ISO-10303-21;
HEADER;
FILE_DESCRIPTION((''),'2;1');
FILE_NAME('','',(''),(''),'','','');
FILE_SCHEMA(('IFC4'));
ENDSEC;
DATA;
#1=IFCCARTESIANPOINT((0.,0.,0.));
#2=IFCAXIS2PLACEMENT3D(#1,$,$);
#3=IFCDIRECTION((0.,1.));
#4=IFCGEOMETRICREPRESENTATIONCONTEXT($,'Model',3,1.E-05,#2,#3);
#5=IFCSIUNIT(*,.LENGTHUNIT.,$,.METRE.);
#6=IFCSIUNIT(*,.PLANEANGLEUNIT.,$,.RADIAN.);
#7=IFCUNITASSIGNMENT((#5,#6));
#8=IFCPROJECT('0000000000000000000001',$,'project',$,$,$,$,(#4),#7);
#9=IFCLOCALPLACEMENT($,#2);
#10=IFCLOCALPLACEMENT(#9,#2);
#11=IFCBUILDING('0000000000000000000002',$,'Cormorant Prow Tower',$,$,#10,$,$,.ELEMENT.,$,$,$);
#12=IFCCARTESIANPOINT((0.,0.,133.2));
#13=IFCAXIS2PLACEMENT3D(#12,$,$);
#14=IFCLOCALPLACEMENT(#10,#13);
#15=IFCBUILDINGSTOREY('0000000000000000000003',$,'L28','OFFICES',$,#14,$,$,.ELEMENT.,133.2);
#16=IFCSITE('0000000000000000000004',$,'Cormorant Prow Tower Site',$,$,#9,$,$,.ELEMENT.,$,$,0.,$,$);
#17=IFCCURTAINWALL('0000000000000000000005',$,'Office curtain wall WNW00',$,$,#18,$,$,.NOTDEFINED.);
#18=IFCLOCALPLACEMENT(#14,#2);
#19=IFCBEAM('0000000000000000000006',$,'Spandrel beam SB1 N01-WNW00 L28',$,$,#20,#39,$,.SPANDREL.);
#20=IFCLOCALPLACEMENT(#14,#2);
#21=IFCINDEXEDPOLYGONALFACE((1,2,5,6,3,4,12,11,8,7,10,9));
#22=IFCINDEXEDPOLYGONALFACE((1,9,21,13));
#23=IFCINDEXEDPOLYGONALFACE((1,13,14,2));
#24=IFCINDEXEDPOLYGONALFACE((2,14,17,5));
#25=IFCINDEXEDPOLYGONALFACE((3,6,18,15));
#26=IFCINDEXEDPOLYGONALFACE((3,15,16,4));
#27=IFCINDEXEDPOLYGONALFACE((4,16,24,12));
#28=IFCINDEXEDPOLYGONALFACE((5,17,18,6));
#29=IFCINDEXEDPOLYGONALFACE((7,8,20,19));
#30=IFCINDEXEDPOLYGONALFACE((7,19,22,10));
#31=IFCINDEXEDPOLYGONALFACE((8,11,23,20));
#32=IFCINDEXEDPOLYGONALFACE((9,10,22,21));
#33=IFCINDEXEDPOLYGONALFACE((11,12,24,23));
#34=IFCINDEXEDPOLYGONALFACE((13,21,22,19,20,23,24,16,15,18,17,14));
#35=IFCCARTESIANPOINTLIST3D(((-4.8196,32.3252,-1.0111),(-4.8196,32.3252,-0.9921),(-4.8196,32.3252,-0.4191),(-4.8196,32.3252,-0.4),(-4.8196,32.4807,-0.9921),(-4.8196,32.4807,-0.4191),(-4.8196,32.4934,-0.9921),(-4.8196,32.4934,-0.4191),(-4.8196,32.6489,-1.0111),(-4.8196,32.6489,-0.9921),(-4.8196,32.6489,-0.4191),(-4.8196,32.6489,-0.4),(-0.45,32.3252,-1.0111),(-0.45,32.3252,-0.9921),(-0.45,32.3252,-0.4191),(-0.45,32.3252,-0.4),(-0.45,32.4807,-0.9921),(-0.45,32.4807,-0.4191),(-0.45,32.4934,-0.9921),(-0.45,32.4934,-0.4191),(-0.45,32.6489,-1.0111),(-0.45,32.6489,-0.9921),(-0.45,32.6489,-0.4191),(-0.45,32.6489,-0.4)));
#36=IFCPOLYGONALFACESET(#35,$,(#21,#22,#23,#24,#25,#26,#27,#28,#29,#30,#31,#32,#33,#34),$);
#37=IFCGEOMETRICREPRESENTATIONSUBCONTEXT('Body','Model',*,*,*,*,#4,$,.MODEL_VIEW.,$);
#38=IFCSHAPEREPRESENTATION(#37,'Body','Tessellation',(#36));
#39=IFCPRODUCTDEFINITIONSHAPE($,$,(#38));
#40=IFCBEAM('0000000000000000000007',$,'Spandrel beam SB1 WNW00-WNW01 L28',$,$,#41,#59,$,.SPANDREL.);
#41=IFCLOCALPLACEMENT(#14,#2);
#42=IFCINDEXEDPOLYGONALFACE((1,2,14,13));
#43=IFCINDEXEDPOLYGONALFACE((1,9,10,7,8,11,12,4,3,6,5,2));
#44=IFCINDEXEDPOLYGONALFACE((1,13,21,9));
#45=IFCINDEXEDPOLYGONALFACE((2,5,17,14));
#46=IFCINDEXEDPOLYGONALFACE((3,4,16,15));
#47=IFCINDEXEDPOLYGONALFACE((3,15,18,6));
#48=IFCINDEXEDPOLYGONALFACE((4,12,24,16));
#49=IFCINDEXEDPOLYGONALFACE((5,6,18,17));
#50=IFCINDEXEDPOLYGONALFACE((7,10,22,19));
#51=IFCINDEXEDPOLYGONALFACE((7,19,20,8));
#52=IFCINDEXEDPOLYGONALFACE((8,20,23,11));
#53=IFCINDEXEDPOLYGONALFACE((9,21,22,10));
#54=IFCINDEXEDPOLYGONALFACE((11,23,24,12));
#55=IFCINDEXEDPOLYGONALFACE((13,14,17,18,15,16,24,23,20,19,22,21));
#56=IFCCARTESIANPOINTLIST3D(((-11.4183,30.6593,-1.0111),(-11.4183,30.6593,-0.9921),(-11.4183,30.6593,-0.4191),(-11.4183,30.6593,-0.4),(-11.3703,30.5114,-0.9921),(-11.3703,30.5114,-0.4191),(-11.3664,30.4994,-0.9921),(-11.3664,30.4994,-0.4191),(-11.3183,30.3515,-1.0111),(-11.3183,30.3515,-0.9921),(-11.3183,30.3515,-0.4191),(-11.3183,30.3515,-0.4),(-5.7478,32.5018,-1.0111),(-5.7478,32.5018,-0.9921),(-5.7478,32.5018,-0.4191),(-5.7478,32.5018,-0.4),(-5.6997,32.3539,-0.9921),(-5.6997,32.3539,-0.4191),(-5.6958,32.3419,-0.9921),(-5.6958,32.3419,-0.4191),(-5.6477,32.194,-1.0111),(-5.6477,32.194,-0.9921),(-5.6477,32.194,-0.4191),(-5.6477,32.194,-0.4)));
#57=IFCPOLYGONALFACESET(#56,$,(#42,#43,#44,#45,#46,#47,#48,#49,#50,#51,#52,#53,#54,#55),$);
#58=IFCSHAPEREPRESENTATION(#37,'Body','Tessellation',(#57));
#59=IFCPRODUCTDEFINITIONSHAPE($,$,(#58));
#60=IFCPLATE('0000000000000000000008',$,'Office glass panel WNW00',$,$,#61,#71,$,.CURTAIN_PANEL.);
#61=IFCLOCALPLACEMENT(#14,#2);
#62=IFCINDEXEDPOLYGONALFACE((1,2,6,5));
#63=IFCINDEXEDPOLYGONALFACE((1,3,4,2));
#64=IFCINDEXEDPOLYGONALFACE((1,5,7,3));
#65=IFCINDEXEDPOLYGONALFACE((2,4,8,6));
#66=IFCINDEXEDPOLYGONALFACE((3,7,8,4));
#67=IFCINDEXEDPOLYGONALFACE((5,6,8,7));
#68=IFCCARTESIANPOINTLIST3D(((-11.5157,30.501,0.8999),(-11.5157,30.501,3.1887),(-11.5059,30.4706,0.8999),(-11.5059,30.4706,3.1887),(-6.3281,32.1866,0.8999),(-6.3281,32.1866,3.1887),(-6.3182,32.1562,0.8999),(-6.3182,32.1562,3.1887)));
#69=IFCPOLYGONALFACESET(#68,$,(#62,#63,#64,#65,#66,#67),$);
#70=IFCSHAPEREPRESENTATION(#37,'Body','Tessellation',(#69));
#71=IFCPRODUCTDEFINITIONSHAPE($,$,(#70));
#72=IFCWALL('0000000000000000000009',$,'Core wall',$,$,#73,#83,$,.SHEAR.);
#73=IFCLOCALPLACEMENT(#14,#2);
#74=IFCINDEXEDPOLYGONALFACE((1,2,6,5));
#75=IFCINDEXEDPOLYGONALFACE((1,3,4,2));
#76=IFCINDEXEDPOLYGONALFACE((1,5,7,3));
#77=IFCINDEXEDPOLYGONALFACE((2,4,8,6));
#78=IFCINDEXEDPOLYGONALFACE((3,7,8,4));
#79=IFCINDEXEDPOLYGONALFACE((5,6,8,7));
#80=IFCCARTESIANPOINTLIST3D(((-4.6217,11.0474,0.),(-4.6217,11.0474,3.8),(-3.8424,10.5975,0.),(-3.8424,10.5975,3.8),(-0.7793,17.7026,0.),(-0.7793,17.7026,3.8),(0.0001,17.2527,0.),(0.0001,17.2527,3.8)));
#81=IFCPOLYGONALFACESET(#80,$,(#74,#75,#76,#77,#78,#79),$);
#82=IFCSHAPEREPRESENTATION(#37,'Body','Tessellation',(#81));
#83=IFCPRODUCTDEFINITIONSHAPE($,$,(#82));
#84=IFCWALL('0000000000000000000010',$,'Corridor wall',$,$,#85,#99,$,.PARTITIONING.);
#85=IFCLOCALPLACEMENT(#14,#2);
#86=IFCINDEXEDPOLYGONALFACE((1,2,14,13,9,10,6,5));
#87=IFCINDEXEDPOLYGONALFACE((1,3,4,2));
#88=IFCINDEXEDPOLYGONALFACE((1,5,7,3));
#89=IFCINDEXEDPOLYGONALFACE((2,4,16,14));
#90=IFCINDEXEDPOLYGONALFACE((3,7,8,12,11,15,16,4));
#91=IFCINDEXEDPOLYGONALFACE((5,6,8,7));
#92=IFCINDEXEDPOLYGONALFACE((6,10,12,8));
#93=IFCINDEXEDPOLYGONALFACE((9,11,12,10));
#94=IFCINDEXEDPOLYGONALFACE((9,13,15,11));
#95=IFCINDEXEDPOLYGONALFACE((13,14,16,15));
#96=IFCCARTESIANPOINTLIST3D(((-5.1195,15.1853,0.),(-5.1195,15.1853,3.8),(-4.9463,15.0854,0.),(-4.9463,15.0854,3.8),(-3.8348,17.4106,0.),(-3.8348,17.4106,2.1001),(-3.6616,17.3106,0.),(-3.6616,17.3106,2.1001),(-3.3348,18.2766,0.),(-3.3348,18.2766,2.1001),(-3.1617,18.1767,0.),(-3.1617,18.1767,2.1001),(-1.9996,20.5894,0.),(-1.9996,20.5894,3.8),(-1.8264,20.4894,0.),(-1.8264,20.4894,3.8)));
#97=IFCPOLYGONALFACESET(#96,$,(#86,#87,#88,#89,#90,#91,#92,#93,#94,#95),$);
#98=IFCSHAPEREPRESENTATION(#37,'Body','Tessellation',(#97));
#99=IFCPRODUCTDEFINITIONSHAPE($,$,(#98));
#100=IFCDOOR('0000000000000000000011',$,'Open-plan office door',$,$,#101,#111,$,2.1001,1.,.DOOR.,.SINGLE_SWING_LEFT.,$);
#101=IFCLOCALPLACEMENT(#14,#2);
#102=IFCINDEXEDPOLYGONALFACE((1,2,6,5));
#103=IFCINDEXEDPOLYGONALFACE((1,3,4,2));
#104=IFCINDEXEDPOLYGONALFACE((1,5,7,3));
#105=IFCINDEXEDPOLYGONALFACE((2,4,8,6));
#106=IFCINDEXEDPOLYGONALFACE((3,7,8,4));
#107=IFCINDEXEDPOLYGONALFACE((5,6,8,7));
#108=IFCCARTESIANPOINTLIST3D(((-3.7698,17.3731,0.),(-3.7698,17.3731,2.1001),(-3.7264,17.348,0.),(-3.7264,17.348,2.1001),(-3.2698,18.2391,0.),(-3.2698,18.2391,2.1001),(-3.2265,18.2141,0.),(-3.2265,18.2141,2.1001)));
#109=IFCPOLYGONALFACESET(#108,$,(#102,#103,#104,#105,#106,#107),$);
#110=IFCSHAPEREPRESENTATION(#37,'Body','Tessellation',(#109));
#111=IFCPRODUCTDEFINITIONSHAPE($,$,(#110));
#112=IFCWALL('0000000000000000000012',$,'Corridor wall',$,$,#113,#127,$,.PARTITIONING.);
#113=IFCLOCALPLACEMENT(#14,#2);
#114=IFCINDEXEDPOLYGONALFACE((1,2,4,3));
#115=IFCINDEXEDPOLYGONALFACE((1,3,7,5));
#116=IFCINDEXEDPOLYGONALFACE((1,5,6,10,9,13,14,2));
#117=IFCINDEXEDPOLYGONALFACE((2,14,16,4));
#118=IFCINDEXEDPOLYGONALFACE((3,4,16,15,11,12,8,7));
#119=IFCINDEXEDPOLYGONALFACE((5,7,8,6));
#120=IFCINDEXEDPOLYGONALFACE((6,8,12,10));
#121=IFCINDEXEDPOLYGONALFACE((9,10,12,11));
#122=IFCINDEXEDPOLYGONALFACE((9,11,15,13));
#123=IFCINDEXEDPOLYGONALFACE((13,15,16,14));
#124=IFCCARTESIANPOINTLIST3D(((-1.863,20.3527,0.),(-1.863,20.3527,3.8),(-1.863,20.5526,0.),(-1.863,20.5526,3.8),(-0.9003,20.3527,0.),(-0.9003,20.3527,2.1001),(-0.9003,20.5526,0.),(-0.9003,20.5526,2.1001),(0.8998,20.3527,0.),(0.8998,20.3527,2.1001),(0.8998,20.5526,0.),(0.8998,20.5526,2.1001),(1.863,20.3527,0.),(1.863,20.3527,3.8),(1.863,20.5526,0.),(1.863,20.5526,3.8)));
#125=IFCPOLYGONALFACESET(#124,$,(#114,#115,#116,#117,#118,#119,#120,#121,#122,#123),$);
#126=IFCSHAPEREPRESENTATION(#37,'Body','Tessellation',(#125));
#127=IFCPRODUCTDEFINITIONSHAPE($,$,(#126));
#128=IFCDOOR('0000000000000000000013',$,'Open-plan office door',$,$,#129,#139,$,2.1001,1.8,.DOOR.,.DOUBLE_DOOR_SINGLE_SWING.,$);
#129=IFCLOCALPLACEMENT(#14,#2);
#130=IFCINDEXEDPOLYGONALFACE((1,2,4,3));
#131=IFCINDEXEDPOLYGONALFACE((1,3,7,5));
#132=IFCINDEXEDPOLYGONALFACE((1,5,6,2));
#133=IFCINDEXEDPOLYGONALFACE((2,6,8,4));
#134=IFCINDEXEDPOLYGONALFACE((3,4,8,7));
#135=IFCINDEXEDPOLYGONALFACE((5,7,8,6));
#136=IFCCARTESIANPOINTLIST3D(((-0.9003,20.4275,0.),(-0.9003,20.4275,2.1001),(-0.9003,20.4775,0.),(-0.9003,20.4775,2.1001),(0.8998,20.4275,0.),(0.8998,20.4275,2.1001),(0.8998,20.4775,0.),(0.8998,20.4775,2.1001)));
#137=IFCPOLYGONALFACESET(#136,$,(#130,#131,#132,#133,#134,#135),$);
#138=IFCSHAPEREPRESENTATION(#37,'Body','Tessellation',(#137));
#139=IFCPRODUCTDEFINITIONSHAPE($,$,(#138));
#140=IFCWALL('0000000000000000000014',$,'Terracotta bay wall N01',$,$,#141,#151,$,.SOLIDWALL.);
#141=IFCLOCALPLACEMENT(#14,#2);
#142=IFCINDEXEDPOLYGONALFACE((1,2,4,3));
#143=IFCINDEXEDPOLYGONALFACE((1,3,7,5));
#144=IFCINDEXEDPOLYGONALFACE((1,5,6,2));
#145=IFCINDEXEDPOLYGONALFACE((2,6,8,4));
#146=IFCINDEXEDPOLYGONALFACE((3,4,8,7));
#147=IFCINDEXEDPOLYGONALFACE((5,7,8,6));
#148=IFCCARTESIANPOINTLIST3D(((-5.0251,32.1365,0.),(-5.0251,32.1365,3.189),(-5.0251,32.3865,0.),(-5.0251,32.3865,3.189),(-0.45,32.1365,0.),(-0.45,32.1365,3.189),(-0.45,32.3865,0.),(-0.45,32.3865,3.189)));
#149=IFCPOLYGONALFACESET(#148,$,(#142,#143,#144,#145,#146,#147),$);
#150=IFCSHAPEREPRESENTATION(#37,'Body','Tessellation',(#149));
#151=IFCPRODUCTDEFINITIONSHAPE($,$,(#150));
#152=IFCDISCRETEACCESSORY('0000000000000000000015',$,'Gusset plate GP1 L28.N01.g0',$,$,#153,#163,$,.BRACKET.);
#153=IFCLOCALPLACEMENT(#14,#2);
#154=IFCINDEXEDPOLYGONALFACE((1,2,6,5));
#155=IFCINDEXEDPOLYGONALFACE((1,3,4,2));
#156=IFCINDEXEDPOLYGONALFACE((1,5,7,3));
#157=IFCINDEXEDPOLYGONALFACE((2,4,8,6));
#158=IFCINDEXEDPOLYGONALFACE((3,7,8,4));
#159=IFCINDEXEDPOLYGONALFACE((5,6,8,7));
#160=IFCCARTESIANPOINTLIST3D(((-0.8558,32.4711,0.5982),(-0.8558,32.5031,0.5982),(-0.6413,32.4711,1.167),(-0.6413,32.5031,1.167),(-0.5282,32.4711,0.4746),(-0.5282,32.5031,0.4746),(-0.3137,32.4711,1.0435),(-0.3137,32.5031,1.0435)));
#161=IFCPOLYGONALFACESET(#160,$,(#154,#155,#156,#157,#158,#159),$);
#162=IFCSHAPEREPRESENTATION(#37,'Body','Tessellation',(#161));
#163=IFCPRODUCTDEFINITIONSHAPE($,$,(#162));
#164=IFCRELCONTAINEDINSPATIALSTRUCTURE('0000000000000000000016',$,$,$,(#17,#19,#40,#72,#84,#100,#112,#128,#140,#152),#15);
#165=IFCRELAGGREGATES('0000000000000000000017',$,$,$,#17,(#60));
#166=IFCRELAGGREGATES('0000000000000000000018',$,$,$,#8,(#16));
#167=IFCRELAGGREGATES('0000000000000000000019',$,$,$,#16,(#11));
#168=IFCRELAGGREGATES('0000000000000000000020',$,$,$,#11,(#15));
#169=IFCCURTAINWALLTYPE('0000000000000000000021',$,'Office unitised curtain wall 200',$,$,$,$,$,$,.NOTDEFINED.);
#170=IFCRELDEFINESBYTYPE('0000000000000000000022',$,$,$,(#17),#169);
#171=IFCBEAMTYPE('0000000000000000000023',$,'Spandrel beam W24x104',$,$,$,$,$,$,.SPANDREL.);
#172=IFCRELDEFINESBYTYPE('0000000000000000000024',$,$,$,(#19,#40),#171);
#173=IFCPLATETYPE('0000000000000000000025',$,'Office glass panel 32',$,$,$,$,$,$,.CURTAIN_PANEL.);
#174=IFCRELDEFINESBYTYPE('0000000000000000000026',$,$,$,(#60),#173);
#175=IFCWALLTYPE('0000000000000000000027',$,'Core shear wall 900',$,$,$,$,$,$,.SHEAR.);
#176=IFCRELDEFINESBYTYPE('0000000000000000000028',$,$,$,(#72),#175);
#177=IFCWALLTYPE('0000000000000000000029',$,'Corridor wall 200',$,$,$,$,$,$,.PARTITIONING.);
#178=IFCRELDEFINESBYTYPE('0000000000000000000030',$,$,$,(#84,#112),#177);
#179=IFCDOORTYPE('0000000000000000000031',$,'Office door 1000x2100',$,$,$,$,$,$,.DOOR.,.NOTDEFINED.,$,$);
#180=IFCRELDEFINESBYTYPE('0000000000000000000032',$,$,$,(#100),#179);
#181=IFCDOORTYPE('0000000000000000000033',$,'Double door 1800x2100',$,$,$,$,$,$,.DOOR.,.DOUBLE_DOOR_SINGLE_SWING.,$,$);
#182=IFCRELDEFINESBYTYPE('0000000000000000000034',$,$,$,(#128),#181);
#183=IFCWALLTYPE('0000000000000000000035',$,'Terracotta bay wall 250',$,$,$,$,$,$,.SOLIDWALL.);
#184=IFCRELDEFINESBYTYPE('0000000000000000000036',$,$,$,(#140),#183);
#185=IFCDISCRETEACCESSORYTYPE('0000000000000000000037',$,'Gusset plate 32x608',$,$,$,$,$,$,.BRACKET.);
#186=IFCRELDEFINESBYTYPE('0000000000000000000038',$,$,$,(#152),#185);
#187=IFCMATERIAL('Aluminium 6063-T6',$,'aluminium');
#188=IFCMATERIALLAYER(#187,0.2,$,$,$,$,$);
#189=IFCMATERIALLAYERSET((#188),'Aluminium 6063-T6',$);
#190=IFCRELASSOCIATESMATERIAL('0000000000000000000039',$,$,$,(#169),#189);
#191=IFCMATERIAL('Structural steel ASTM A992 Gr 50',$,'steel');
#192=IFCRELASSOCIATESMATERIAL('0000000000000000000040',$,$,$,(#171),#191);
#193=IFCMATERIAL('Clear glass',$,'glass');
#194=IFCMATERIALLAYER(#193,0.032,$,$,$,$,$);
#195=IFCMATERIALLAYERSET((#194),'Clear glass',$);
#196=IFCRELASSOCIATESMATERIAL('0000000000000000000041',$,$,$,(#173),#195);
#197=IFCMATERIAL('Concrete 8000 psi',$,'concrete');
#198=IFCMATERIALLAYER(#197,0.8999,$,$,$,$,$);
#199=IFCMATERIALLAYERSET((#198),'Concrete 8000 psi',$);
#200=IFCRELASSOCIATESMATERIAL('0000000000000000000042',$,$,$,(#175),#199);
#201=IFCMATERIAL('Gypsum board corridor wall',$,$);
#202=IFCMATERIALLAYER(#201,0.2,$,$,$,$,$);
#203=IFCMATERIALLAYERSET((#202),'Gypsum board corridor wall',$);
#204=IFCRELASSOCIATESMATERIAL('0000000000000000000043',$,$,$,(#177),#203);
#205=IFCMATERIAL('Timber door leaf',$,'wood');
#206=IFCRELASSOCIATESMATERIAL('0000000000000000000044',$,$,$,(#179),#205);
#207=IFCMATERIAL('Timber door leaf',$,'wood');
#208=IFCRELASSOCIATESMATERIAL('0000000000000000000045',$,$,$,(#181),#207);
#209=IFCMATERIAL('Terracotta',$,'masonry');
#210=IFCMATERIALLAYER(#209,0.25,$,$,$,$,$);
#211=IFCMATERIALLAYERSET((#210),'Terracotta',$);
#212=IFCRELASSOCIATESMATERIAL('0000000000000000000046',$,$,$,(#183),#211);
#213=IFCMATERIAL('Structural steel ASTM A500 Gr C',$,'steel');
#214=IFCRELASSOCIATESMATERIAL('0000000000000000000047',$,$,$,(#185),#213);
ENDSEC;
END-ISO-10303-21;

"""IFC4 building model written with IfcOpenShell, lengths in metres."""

from ifc_helpers import new_model, si_unit, direction, frame, frame_2d, origin, origin_2d, place, context, subcontext, project, spatial, rectangle, i_section, extrude, material, layer, layer_set, material_profile, profile_set, type_object, element, fill, aggregate, save


model = new_model("IFC4")

# Units and contexts
model_context = context("Model", 3, precision=1e-05, world=origin(), true_north=direction((0.0, 1.0)))
body_context = subcontext(model_context, "Body", "Model", "MODEL_VIEW")
ifc_project = project(units=[si_unit("LENGTHUNIT", "METRE"), si_unit("PLANEANGLEUNIT", "RADIAN")], contexts=[model_context])

# Site, building, storey
site_placement = place(None, origin())
site = spatial("IfcSite", under=ifc_project, at=site_placement, Name="Cormorant Prow Tower Site", CompositionType="ELEMENT", RefElevation=0.0)
building_placement = place(site_placement, origin())
building = spatial("IfcBuilding", under=site, at=building_placement, Name="Cormorant Prow Tower", CompositionType="ELEMENT")
storey_placement = place(building_placement, frame((0.0, 0.0, 133.2)))
storey = spatial("IfcBuildingStorey", under=building, at=storey_placement, Name="L28", Description="OFFICES", CompositionType="ELEMENT", Elevation=133.2)

# Curtain wall
ifc_material_1 = material(Name="Aluminium 6063-T6", Category="aluminium")
ifc_layer_1 = layer(ifc_material_1, 0.2)
ifc_layer_set_1 = layer_set([ifc_layer_1], Name="Aluminium 6063-T6")
curtain_wall_type = type_object("IfcCurtainWallType", Name="Office unitised curtain wall 200", PredefinedType="NOTDEFINED", material=ifc_layer_set_1)
curtain_wall_placement = place(storey_placement, origin())
curtain_wall = element("IfcCurtainWall", 1, at=curtain_wall_placement, inside=storey, type_object=curtain_wall_type, Name="Office curtain wall WNW00", PredefinedType="NOTDEFINED")

# Beams
ifc_material_2 = material(Name="Structural steel ASTM A992 Gr 50", Category="steel")
ifc_material_profile_1 = material_profile(ifc_material_2, i_section(OverallWidth=0.3237, OverallDepth=0.6111, WebThickness=0.0127, FlangeThickness=0.019, at=origin_2d()), Name="W24x104")
ifc_profile_set_1 = profile_set([ifc_material_profile_1], Name="Structural steel ASTM A992 Gr 50")
beam_type_1 = type_object("IfcBeamType", Name="Spandrel beam W24x104", PredefinedType="SPANDREL", material=ifc_profile_set_1)
beam_1_placement = place(storey_placement, frame((-0.45, 32.4871, -0.7056), z_axis=(-1.0, 0.0, 0.0), x_axis=(0.0, -1.0, 0.0)))
element("IfcBeam", 2, at=beam_1_placement, inside=storey, type_object=beam_type_1, Name="Spandrel beam SB1 N01-WNW00 L28", PredefinedType="SPANDREL", context=body_context, shape_type="SweptSolid", body=[
    extrude(i_section(OverallWidth=0.3237, OverallDepth=0.6111, WebThickness=0.0127, FlangeThickness=0.019, at=origin_2d()), origin(), (0.0, 0.0, 1.0), 4.3696),
])
beam_2_placement = place(storey_placement, frame((-5.6978, 32.3479, -0.7056), z_axis=(-0.951055, -0.30902, 0.0), x_axis=(0.30902, -0.951055, 0.0)))
element("IfcBeam", 3, at=beam_2_placement, inside=storey, type_object=beam_type_1, Name="Spandrel beam SB1 WNW00-WNW01 L28", PredefinedType="SPANDREL", context=body_context, shape_type="SweptSolid", body=[
    extrude(i_section(OverallWidth=0.3237, OverallDepth=0.6111, WebThickness=0.0127, FlangeThickness=0.019, at=origin_2d()), origin(), (0.0, 0.0, 1.0), 5.9624),
])

# Plate
ifc_material_3 = material(Name="Clear glass", Category="glass")
ifc_layer_2 = layer(ifc_material_3, 0.032)
ifc_layer_set_2 = layer_set([ifc_layer_2], Name="Clear glass")
plate_type = type_object("IfcPlateType", Name="Office glass panel 32", PredefinedType="CURTAIN_PANEL", material=ifc_layer_set_2)
plate_placement = place(storey_placement, frame((-8.917, 31.3286, 0.8999), z_axis=(0.0, 0.0, 1.0), x_axis=(-0.951057, -0.309017, 0.0)))
plate = element("IfcPlate", 4, at=plate_placement, type_object=plate_type, Name="Office glass panel WNW00", PredefinedType="CURTAIN_PANEL", context=body_context, shape_type="SweptSolid", body=[
    extrude(rectangle(XDim=5.4546, YDim=0.032, at=origin_2d()), origin(), (0.0, 0.0, 1.0), 2.2888),
])
aggregate(curtain_wall, [plate])

# Wall
ifc_material_4 = material(Name="Concrete 8000 psi", Category="concrete")
ifc_layer_3 = layer(ifc_material_4, 0.8999)
ifc_layer_set_3 = layer_set([ifc_layer_3], Name="Concrete 8000 psi")
wall_type_1 = type_object("IfcWallType", Name="Core shear wall 900", PredefinedType="SHEAR", material=ifc_layer_set_3)
wall_1_placement = place(storey_placement, frame((-0.3896, 17.4775, 0.0), z_axis=(0.0, 0.0, 1.0), x_axis=(-0.50001, -0.866019, 0.0)))
element("IfcWall", 5, at=wall_1_placement, inside=storey, type_object=wall_type_1, Name="Core wall", PredefinedType="SHEAR", context=body_context, shape_type="SweptSolid", body=[
    extrude(rectangle(XDim=7.6848, YDim=0.8999, at=frame_2d((3.8423, 0.0))), origin(), (0.0, 0.0, 1.0), 3.8),
])

# Walls, openings, doors
ifc_material_5 = material(Name="Gypsum board corridor wall")
ifc_layer_4 = layer(ifc_material_5, 0.2)
ifc_layer_set_4 = layer_set([ifc_layer_4], Name="Gypsum board corridor wall")
wall_type_2 = type_object("IfcWallType", Name="Corridor wall 200", PredefinedType="PARTITIONING", material=ifc_layer_set_4)
wall_2_placement = place(storey_placement, frame((-5.033, 15.1353, 0.0), z_axis=(0.0, 0.0, 1.0), x_axis=(0.499981, 0.866036, 0.0)))
wall_2 = element("IfcWall", 6, at=wall_2_placement, inside=storey, type_object=wall_type_2, Name="Corridor wall", PredefinedType="PARTITIONING", context=body_context, shape_type="SweptSolid", body=[
    extrude(rectangle(XDim=6.24, YDim=0.2, at=frame_2d((3.1201, 0.0))), origin(), (0.0, 0.0, 1.0), 3.8),
])
opening_1_placement = place(wall_2_placement, frame((2.5696, 0.0, 0.0)))
opening_1 = element("IfcOpeningElement", 7, at=opening_1_placement, cuts=wall_2, PredefinedType="OPENING", context=body_context, shape_type="SweptSolid", body=[
    extrude(rectangle(XDim=1.0, YDim=2.1001, at=frame_2d((0.5, 1.05))), frame((0.0, 0.1099, 0.0), z_axis=(0.0, -1.0, 0.0), x_axis=(1.0, 0.0, 0.0)), (0.0, 0.0, 1.0), 0.22),
])
ifc_material_6 = material(Name="Timber door leaf", Category="wood")
door_type_1 = type_object("IfcDoorType", Name="Office door 1000x2100", OperationType="NOTDEFINED", PredefinedType="DOOR", material=ifc_material_6)
door_1_placement = place(opening_1_placement, origin())
door_1 = element("IfcDoor", 8, at=door_1_placement, inside=storey, type_object=door_type_1, Name="Open-plan office door", OperationType="SINGLE_SWING_LEFT", OverallHeight=2.1001, OverallWidth=1.0, PredefinedType="DOOR", context=body_context, shape_type="SweptSolid", body=[
    extrude(rectangle(XDim=1.0, YDim=2.1001, at=frame_2d((0.5, 1.05))), frame((0.0, 0.0249, 0.0), z_axis=(0.0, -1.0, 0.0), x_axis=(1.0, 0.0, 0.0)), (0.0, 0.0, 1.0), 0.05),
])
fill(opening_1, door_1)
wall_3_placement = place(storey_placement, frame((-1.863, 20.4526, 0.0), z_axis=(0.0, 0.0, 1.0), x_axis=(1.0, 0.0, 0.0)))
wall_3 = element("IfcWall", 9, at=wall_3_placement, inside=storey, type_object=wall_type_2, Name="Corridor wall", PredefinedType="PARTITIONING", context=body_context, shape_type="SweptSolid", body=[
    extrude(rectangle(XDim=3.7261, YDim=0.2, at=frame_2d((1.863, 0.0))), origin(), (0.0, 0.0, 1.0), 3.8),
])
opening_2_placement = place(wall_3_placement, frame((0.9629, 0.0, 0.0)))
opening_2 = element("IfcOpeningElement", 10, at=opening_2_placement, cuts=wall_3, PredefinedType="OPENING", context=body_context, shape_type="SweptSolid", body=[
    extrude(rectangle(XDim=1.8, YDim=2.1001, at=frame_2d((0.8999, 1.05))), frame((0.0, 0.1099, 0.0), z_axis=(0.0, -1.0, 0.0), x_axis=(1.0, 0.0, 0.0)), (0.0, 0.0, 1.0), 0.22),
])
ifc_material_7 = material(Name="Timber door leaf", Category="wood")
door_type_2 = type_object("IfcDoorType", Name="Double door 1800x2100", OperationType="DOUBLE_DOOR_SINGLE_SWING", PredefinedType="DOOR", material=ifc_material_7)
door_2_placement = place(opening_2_placement, origin())
door_2 = element("IfcDoor", 11, at=door_2_placement, inside=storey, type_object=door_type_2, Name="Open-plan office door", OperationType="DOUBLE_DOOR_SINGLE_SWING", OverallHeight=2.1001, OverallWidth=1.8, PredefinedType="DOOR", context=body_context, shape_type="SweptSolid", body=[
    extrude(rectangle(XDim=1.8, YDim=2.1001, at=frame_2d((0.8999, 1.05))), frame((0.0, 0.0249, 0.0), z_axis=(0.0, -1.0, 0.0), x_axis=(1.0, 0.0, 0.0)), (0.0, 0.0, 1.0), 0.05),
])
fill(opening_2, door_2)

# Wall
ifc_material_8 = material(Name="Terracotta", Category="masonry")
ifc_layer_5 = layer(ifc_material_8, 0.25)
ifc_layer_set_5 = layer_set([ifc_layer_5], Name="Terracotta")
wall_type_3 = type_object("IfcWallType", Name="Terracotta bay wall 250", PredefinedType="SOLIDWALL", material=ifc_layer_set_5)
wall_4_placement = place(storey_placement, frame((-0.45, 32.2615, 0.0), z_axis=(0.0, 0.0, 1.0), x_axis=(-1.0, 0.0, 0.0)))
element("IfcWall", 12, at=wall_4_placement, inside=storey, type_object=wall_type_3, Name="Terracotta bay wall N01", PredefinedType="SOLIDWALL", context=body_context, shape_type="SweptSolid", body=[
    extrude(rectangle(XDim=4.5752, YDim=0.25, at=frame_2d((2.2876, 0.0))), origin(), (0.0, 0.0, 1.0), 3.189),
])

# Discrete accessory
ifc_material_9 = material(Name="Structural steel ASTM A500 Gr C", Category="steel")
ifc_material_profile_2 = material_profile(ifc_material_9, rectangle(XDim=0.032, YDim=0.6079, at=origin_2d()), Name="Gusset plate 32x608")
ifc_profile_set_2 = profile_set([ifc_material_profile_2], Name="Structural steel ASTM A500 Gr C")
discrete_accessory_type = type_object("IfcDiscreteAccessoryType", Name="Gusset plate 32x608", PredefinedType="BRACKET", material=ifc_profile_set_2)
discrete_accessory_1_placement = place(storey_placement, frame((-0.7485, 32.4871, 0.8826), z_axis=(0.935697, 0.0, -0.352804), x_axis=(0.0, 1.0, 0.0)))
element("IfcDiscreteAccessory", 13, at=discrete_accessory_1_placement, inside=storey, type_object=discrete_accessory_type, Name="Gusset plate GP1 L28.N01.g0", PredefinedType="BRACKET", context=body_context, shape_type="SweptSolid", body=[
    extrude(rectangle(XDim=0.032, YDim=0.6079, at=origin_2d()), origin(), (0.0, 0.0, 1.0), 0.3501),
])

save(model, "model.ifc")
